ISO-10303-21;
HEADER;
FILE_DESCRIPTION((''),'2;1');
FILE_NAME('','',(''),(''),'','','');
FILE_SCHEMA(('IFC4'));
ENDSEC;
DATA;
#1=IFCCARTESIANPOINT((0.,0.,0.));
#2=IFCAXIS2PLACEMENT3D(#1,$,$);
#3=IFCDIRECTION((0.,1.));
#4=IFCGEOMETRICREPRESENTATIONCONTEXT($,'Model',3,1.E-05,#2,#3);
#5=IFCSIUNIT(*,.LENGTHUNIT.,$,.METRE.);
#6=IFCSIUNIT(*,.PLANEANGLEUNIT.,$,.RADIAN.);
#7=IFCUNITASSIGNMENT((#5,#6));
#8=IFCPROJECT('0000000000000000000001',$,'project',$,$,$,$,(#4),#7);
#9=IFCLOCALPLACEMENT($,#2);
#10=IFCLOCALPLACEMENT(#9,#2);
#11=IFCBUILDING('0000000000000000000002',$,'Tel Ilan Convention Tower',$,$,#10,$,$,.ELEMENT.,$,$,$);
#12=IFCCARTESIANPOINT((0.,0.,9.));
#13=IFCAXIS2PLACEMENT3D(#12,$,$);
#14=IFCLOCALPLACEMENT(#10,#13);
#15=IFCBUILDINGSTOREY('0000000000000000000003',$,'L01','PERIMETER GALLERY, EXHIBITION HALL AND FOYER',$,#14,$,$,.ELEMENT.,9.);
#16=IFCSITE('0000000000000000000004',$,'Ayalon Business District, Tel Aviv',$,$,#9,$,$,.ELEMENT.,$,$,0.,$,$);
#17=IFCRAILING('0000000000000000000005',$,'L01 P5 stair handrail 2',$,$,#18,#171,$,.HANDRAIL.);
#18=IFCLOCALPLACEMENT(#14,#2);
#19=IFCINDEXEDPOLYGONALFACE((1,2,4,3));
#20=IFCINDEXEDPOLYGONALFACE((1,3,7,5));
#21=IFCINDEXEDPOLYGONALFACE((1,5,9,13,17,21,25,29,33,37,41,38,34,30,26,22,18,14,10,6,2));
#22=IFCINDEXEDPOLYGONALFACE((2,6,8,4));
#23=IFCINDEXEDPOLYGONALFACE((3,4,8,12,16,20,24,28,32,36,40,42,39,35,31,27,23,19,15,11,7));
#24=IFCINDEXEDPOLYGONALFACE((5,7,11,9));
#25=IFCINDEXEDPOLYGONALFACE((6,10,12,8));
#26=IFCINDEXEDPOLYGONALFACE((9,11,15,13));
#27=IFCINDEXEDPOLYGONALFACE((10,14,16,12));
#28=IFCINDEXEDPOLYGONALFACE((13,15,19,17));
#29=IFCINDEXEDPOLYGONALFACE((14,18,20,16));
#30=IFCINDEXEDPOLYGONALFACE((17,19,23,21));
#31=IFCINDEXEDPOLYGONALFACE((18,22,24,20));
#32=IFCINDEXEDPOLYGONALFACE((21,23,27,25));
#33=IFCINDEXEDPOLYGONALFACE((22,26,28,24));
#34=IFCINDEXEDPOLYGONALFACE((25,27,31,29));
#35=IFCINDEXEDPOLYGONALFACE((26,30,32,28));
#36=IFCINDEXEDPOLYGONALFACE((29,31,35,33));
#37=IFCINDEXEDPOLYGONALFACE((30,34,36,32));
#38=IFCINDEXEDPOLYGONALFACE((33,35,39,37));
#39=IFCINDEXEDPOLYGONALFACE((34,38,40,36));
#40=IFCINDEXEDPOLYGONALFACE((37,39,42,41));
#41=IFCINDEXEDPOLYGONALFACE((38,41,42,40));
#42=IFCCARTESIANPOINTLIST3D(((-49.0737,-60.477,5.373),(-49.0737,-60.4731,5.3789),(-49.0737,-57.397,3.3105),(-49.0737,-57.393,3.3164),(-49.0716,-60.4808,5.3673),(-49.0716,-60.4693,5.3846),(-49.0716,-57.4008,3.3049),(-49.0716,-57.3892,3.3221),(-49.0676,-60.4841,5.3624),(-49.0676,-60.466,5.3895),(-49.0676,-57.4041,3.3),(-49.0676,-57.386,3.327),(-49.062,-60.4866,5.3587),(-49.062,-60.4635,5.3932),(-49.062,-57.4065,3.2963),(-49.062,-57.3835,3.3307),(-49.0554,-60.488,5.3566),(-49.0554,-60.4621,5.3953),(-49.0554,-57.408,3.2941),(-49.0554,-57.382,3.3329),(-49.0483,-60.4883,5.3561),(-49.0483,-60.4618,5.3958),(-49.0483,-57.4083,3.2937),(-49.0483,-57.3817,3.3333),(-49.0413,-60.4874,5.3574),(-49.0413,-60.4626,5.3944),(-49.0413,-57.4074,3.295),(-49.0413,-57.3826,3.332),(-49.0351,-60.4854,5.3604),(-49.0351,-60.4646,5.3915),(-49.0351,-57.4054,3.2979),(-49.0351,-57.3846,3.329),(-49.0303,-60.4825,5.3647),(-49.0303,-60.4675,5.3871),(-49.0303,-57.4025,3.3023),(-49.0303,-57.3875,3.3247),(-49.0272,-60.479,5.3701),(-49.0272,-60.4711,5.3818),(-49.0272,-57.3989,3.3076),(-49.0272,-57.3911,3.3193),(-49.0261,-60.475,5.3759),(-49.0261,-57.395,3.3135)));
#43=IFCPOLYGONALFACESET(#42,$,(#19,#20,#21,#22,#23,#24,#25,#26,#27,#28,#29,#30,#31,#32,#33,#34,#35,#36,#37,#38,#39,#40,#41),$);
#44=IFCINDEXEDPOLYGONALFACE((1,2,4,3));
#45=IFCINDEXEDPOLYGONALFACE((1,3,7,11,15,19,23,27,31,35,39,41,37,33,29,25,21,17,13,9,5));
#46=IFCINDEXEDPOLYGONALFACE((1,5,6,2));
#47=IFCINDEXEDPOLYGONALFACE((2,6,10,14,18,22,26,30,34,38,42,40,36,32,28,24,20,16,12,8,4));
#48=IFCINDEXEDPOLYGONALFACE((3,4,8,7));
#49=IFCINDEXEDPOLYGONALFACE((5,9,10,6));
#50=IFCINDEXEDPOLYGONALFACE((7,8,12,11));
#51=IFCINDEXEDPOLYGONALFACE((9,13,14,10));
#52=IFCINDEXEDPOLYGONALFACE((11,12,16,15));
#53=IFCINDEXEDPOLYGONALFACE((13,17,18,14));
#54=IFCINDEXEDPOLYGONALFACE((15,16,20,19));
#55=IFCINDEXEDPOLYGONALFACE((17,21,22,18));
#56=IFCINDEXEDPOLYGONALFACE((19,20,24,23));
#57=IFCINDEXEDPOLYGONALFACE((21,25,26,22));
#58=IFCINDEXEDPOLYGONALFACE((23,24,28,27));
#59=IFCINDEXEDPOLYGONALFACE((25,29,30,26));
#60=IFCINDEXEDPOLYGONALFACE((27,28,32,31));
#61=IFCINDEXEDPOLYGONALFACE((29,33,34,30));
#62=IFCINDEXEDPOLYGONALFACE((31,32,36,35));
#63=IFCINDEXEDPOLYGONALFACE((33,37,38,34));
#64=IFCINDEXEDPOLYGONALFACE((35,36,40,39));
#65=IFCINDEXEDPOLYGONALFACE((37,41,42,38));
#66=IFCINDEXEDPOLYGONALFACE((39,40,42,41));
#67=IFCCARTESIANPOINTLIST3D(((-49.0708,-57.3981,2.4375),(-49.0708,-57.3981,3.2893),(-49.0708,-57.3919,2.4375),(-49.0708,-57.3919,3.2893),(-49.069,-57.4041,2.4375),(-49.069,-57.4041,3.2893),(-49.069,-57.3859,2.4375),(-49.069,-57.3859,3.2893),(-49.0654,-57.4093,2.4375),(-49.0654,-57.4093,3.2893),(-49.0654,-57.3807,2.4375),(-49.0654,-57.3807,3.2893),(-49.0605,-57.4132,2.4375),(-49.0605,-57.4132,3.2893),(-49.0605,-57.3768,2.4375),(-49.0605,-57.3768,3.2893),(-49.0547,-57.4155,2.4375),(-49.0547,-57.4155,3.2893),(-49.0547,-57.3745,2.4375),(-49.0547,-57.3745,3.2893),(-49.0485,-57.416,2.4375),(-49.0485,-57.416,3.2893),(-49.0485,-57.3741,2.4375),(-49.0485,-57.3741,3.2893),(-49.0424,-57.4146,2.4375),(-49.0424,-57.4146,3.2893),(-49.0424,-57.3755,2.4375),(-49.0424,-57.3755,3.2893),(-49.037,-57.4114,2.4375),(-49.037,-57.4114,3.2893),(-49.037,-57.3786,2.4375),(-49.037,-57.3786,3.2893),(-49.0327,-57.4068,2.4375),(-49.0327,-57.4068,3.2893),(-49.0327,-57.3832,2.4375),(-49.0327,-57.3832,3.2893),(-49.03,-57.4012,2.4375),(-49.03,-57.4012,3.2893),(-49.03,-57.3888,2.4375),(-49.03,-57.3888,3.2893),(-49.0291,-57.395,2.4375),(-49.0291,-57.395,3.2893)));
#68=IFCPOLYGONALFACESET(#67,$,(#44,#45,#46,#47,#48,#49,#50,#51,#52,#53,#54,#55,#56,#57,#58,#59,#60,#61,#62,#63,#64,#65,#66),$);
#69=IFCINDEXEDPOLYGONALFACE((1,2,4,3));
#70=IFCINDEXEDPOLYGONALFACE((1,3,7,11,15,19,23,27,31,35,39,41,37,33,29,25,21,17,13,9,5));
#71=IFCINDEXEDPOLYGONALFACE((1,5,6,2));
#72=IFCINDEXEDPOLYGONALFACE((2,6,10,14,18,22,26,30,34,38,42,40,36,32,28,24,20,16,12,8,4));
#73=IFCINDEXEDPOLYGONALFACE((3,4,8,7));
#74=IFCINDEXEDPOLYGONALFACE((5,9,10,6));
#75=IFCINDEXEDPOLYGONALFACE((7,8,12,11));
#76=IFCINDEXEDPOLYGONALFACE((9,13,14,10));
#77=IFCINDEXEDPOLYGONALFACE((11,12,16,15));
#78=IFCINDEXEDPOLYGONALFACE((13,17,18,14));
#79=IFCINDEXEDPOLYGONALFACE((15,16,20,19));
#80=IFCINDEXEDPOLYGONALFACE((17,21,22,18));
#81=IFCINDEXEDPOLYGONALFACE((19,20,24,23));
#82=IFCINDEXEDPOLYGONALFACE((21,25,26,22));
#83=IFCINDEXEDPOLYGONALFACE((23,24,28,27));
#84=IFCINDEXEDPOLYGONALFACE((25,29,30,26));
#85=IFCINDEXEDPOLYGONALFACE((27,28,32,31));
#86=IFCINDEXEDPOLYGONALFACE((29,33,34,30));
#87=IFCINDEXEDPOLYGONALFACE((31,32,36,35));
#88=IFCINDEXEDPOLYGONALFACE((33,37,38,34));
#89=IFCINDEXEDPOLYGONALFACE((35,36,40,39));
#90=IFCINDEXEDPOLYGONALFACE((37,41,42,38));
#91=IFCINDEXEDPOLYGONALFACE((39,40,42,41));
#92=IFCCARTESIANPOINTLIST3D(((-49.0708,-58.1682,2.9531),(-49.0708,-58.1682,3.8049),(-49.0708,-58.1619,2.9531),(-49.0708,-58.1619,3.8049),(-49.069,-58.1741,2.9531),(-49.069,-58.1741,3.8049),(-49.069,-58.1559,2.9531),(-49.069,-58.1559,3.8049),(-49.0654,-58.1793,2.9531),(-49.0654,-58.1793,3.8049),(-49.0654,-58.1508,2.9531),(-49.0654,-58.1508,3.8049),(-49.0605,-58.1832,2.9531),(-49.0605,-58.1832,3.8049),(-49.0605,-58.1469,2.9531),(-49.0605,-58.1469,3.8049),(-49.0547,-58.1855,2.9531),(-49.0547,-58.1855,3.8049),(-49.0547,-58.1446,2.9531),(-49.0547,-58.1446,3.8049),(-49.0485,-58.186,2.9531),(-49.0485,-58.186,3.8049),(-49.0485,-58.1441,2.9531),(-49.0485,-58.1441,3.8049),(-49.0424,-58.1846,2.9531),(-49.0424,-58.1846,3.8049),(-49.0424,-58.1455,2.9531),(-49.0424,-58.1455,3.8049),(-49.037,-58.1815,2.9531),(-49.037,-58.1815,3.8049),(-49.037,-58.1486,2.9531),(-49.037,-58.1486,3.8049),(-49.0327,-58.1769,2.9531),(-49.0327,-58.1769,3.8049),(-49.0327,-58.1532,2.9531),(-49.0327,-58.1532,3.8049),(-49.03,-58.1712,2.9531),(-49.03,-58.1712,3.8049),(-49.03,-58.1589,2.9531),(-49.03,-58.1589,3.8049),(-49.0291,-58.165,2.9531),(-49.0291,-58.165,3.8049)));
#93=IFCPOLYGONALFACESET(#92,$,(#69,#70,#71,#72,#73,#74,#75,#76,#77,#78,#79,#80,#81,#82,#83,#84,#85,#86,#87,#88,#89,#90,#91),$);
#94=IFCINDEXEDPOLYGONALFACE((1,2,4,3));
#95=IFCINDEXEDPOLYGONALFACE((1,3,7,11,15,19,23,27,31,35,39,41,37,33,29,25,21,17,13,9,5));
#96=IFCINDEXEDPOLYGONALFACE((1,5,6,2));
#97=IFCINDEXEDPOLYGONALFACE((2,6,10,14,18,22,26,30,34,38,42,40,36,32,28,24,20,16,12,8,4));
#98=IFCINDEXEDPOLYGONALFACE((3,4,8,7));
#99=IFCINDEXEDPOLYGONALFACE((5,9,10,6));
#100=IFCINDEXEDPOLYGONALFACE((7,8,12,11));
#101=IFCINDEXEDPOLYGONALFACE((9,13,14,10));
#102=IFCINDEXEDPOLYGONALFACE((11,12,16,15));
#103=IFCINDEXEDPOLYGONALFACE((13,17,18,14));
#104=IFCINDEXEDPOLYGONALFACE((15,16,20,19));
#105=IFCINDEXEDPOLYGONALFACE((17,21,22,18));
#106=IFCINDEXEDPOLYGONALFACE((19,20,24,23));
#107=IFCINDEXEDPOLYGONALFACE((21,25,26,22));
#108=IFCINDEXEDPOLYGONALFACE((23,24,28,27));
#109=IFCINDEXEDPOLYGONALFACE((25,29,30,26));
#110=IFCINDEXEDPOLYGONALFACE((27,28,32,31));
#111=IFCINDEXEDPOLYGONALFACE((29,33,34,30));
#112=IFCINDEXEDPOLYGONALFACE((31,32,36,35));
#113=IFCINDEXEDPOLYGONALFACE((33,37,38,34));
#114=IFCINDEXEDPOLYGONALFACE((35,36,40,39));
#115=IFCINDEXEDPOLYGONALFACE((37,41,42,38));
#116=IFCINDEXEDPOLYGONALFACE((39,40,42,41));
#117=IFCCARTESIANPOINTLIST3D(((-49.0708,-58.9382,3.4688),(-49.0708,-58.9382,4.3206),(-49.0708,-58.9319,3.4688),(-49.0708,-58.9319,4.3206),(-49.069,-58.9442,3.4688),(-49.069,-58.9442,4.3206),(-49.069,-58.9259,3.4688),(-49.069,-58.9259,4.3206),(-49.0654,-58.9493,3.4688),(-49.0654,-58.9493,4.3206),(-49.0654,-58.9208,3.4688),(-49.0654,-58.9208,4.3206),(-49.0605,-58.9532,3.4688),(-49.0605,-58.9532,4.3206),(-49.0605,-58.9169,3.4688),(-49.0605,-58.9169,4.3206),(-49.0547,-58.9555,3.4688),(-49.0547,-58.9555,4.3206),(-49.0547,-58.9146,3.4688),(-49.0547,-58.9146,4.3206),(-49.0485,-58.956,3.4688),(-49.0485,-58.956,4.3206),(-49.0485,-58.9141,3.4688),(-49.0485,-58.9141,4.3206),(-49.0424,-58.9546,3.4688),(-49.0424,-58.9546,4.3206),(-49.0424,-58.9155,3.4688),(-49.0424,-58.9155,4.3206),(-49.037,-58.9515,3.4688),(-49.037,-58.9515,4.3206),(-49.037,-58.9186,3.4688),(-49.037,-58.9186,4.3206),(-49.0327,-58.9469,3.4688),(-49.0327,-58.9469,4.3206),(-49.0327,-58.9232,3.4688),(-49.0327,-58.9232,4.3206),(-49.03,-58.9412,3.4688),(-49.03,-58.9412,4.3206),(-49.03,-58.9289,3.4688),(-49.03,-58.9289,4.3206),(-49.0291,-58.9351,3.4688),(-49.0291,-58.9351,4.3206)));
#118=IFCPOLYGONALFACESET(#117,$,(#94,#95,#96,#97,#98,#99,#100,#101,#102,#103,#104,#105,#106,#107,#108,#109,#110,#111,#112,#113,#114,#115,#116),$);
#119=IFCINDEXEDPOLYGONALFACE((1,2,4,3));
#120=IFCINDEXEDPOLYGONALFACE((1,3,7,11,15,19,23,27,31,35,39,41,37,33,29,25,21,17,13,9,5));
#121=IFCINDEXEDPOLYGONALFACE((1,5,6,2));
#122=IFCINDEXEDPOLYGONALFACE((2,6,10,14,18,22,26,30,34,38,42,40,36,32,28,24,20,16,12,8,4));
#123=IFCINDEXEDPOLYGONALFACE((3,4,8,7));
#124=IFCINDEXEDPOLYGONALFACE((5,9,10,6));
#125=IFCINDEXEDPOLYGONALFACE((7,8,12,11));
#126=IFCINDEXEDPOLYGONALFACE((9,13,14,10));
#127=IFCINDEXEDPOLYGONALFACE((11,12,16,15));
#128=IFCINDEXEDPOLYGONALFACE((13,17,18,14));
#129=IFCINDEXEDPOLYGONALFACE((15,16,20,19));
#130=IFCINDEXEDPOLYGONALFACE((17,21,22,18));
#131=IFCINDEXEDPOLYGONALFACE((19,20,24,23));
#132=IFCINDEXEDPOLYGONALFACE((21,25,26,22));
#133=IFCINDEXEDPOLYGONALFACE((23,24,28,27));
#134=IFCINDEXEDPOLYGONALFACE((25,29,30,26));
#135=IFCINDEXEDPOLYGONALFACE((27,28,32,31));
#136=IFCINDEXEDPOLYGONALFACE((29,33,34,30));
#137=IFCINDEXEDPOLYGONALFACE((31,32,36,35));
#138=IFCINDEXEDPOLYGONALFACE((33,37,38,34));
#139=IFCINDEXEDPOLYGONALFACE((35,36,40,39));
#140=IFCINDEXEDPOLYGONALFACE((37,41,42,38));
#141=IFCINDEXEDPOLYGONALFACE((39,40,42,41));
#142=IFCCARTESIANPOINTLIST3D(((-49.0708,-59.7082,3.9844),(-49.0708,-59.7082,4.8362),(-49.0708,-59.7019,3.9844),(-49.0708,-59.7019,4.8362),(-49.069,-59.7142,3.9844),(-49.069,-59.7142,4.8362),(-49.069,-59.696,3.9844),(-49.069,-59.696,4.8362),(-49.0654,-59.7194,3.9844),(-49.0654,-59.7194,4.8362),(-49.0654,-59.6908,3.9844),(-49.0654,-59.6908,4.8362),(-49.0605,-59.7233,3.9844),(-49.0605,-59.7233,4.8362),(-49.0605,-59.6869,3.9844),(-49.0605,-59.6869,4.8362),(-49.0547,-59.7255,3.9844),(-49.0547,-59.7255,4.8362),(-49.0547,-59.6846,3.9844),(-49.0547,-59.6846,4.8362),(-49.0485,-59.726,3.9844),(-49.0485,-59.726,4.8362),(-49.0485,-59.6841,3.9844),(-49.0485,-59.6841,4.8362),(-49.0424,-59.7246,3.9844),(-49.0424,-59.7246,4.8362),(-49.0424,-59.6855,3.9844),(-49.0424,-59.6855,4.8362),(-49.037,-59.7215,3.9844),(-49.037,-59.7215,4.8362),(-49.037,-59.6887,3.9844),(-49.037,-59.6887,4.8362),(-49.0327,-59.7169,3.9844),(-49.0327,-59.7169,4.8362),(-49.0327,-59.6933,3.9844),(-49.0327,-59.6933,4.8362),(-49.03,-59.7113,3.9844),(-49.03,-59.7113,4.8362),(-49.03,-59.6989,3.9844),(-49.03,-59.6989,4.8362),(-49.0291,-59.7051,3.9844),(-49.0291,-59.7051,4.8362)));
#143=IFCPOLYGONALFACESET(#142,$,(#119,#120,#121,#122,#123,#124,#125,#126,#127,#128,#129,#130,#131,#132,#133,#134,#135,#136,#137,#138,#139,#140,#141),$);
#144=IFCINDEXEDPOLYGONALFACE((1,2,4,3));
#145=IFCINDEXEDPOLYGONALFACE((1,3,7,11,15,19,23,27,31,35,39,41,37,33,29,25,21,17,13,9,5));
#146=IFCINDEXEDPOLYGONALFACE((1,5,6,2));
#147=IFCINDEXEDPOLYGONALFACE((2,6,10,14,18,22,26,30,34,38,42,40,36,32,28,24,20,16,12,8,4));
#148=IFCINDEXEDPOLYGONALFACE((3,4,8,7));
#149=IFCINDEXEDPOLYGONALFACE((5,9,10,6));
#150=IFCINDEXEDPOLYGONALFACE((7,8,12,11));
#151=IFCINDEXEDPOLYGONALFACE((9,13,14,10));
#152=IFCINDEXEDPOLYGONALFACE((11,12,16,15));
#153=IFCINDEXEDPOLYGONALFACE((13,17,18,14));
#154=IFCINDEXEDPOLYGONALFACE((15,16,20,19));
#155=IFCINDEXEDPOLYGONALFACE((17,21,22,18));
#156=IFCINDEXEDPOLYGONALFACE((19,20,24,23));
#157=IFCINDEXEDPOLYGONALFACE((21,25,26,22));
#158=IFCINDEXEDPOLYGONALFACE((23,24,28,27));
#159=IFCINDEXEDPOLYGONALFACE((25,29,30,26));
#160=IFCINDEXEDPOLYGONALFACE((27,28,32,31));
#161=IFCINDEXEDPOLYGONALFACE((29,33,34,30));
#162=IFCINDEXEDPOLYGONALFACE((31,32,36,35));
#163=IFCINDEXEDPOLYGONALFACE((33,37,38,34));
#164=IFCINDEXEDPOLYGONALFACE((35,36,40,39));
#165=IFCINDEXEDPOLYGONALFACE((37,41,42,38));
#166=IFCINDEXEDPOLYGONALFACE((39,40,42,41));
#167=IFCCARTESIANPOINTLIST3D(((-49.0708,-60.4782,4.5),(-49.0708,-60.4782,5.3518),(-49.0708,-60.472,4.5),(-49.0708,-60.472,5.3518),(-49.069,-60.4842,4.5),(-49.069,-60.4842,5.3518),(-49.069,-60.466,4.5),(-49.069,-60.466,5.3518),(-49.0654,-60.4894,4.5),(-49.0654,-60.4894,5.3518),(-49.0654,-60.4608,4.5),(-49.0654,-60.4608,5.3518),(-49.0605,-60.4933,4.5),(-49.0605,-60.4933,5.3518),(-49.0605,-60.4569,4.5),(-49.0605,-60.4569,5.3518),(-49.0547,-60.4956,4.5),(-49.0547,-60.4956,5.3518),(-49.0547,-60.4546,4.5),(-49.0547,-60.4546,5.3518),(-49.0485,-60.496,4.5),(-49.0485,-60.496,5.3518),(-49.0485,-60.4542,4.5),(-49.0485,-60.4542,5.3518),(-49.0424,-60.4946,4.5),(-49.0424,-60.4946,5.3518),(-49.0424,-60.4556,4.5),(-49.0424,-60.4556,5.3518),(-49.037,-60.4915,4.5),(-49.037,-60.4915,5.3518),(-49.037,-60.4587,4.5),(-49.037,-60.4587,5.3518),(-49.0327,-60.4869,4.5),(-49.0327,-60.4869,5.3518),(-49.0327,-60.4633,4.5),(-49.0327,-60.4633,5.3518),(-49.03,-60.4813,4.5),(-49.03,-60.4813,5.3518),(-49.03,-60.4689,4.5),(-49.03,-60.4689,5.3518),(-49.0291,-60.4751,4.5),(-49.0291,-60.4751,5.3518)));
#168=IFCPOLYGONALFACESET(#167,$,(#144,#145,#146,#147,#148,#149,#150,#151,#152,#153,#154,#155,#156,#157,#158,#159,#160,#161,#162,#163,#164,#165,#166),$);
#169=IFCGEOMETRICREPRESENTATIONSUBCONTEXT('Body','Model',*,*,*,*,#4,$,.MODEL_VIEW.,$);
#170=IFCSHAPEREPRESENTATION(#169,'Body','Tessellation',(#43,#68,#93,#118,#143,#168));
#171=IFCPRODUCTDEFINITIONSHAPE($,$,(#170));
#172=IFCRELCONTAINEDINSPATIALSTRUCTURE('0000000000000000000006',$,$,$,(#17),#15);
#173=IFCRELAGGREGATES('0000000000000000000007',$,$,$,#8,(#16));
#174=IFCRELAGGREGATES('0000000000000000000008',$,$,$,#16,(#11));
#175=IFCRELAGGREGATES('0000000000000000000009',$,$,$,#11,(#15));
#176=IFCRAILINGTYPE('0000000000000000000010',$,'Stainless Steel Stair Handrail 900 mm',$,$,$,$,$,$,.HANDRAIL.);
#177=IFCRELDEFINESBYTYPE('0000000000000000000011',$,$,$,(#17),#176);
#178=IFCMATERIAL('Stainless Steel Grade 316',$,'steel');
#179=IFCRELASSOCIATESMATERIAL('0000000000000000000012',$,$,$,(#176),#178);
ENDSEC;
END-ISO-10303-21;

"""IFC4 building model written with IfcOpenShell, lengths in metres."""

from ifc_helpers import new_model, si_unit, direction, frame, origin, origin_2d, place, context, subcontext, project, spatial, circle, extrude, material, type_object, element, save


model = new_model("IFC4")

# Units and contexts
model_context = context("Model", 3, precision=1e-05, world=origin(), true_north=direction((0.0, 1.0)))
body_context = subcontext(model_context, "Body", "Model", "MODEL_VIEW")
ifc_project = project(units=[si_unit("LENGTHUNIT", "METRE"), si_unit("PLANEANGLEUNIT", "RADIAN")], contexts=[model_context])

# Site, building, storey
site_placement = place(None, origin())
site = spatial("IfcSite", under=ifc_project, at=site_placement, Name="Ayalon Business District, Tel Aviv", CompositionType="ELEMENT", RefElevation=0.0)
building_placement = place(site_placement, origin())
building = spatial("IfcBuilding", under=site, at=building_placement, Name="Tel Ilan Convention Tower", CompositionType="ELEMENT")
storey_placement = place(building_placement, frame((0.0, 0.0, 9.0)))
storey = spatial("IfcBuildingStorey", under=building, at=storey_placement, Name="L01", Description="PERIMETER GALLERY, EXHIBITION HALL AND FOYER", CompositionType="ELEMENT", Elevation=9.0)

# Railing
ifc_material_1 = material(Name="Stainless Steel Grade 316", Category="steel")
railing_type_1 = type_object("IfcRailingType", Name="Stainless Steel Stair Handrail 900 mm", PredefinedType="HANDRAIL", material=ifc_material_1)
railing_1_placement = place(storey_placement, frame((-49.05, -57.395, 2.4375)))
element("IfcRailing", 1, at=railing_1_placement, inside=storey, type_object=railing_type_1, Name="L01 P5 stair handrail 2", PredefinedType="HANDRAIL", context=body_context, shape_type="SweptSolid", body=[
    extrude(circle(Radius=0.0239, at=origin_2d()), frame((0.0, 0.0, 0.876), z_axis=(0.0, -0.830914, 0.556401), x_axis=(1.0, 0.0, 0.0)), (0.0, 0.0, 1.0), 3.7068),
    extrude(circle(Radius=0.021, at=origin_2d()), origin(), (0.0, 0.0, 1.0), 0.8518),
    extrude(circle(Radius=0.021, at=origin_2d()), frame((0.0, -0.77, 0.5156)), (0.0, 0.0, 1.0), 0.8518),
    extrude(circle(Radius=0.021, at=origin_2d()), frame((0.0, -1.54, 1.0312)), (0.0, 0.0, 1.0), 0.8518),
    extrude(circle(Radius=0.021, at=origin_2d()), frame((0.0, -2.3101, 1.5469)), (0.0, 0.0, 1.0), 0.8518),
    extrude(circle(Radius=0.021, at=origin_2d()), frame((0.0, -3.0801, 2.0625)), (0.0, 0.0, 1.0), 0.8518),
])

save(model, "model.ifc")
